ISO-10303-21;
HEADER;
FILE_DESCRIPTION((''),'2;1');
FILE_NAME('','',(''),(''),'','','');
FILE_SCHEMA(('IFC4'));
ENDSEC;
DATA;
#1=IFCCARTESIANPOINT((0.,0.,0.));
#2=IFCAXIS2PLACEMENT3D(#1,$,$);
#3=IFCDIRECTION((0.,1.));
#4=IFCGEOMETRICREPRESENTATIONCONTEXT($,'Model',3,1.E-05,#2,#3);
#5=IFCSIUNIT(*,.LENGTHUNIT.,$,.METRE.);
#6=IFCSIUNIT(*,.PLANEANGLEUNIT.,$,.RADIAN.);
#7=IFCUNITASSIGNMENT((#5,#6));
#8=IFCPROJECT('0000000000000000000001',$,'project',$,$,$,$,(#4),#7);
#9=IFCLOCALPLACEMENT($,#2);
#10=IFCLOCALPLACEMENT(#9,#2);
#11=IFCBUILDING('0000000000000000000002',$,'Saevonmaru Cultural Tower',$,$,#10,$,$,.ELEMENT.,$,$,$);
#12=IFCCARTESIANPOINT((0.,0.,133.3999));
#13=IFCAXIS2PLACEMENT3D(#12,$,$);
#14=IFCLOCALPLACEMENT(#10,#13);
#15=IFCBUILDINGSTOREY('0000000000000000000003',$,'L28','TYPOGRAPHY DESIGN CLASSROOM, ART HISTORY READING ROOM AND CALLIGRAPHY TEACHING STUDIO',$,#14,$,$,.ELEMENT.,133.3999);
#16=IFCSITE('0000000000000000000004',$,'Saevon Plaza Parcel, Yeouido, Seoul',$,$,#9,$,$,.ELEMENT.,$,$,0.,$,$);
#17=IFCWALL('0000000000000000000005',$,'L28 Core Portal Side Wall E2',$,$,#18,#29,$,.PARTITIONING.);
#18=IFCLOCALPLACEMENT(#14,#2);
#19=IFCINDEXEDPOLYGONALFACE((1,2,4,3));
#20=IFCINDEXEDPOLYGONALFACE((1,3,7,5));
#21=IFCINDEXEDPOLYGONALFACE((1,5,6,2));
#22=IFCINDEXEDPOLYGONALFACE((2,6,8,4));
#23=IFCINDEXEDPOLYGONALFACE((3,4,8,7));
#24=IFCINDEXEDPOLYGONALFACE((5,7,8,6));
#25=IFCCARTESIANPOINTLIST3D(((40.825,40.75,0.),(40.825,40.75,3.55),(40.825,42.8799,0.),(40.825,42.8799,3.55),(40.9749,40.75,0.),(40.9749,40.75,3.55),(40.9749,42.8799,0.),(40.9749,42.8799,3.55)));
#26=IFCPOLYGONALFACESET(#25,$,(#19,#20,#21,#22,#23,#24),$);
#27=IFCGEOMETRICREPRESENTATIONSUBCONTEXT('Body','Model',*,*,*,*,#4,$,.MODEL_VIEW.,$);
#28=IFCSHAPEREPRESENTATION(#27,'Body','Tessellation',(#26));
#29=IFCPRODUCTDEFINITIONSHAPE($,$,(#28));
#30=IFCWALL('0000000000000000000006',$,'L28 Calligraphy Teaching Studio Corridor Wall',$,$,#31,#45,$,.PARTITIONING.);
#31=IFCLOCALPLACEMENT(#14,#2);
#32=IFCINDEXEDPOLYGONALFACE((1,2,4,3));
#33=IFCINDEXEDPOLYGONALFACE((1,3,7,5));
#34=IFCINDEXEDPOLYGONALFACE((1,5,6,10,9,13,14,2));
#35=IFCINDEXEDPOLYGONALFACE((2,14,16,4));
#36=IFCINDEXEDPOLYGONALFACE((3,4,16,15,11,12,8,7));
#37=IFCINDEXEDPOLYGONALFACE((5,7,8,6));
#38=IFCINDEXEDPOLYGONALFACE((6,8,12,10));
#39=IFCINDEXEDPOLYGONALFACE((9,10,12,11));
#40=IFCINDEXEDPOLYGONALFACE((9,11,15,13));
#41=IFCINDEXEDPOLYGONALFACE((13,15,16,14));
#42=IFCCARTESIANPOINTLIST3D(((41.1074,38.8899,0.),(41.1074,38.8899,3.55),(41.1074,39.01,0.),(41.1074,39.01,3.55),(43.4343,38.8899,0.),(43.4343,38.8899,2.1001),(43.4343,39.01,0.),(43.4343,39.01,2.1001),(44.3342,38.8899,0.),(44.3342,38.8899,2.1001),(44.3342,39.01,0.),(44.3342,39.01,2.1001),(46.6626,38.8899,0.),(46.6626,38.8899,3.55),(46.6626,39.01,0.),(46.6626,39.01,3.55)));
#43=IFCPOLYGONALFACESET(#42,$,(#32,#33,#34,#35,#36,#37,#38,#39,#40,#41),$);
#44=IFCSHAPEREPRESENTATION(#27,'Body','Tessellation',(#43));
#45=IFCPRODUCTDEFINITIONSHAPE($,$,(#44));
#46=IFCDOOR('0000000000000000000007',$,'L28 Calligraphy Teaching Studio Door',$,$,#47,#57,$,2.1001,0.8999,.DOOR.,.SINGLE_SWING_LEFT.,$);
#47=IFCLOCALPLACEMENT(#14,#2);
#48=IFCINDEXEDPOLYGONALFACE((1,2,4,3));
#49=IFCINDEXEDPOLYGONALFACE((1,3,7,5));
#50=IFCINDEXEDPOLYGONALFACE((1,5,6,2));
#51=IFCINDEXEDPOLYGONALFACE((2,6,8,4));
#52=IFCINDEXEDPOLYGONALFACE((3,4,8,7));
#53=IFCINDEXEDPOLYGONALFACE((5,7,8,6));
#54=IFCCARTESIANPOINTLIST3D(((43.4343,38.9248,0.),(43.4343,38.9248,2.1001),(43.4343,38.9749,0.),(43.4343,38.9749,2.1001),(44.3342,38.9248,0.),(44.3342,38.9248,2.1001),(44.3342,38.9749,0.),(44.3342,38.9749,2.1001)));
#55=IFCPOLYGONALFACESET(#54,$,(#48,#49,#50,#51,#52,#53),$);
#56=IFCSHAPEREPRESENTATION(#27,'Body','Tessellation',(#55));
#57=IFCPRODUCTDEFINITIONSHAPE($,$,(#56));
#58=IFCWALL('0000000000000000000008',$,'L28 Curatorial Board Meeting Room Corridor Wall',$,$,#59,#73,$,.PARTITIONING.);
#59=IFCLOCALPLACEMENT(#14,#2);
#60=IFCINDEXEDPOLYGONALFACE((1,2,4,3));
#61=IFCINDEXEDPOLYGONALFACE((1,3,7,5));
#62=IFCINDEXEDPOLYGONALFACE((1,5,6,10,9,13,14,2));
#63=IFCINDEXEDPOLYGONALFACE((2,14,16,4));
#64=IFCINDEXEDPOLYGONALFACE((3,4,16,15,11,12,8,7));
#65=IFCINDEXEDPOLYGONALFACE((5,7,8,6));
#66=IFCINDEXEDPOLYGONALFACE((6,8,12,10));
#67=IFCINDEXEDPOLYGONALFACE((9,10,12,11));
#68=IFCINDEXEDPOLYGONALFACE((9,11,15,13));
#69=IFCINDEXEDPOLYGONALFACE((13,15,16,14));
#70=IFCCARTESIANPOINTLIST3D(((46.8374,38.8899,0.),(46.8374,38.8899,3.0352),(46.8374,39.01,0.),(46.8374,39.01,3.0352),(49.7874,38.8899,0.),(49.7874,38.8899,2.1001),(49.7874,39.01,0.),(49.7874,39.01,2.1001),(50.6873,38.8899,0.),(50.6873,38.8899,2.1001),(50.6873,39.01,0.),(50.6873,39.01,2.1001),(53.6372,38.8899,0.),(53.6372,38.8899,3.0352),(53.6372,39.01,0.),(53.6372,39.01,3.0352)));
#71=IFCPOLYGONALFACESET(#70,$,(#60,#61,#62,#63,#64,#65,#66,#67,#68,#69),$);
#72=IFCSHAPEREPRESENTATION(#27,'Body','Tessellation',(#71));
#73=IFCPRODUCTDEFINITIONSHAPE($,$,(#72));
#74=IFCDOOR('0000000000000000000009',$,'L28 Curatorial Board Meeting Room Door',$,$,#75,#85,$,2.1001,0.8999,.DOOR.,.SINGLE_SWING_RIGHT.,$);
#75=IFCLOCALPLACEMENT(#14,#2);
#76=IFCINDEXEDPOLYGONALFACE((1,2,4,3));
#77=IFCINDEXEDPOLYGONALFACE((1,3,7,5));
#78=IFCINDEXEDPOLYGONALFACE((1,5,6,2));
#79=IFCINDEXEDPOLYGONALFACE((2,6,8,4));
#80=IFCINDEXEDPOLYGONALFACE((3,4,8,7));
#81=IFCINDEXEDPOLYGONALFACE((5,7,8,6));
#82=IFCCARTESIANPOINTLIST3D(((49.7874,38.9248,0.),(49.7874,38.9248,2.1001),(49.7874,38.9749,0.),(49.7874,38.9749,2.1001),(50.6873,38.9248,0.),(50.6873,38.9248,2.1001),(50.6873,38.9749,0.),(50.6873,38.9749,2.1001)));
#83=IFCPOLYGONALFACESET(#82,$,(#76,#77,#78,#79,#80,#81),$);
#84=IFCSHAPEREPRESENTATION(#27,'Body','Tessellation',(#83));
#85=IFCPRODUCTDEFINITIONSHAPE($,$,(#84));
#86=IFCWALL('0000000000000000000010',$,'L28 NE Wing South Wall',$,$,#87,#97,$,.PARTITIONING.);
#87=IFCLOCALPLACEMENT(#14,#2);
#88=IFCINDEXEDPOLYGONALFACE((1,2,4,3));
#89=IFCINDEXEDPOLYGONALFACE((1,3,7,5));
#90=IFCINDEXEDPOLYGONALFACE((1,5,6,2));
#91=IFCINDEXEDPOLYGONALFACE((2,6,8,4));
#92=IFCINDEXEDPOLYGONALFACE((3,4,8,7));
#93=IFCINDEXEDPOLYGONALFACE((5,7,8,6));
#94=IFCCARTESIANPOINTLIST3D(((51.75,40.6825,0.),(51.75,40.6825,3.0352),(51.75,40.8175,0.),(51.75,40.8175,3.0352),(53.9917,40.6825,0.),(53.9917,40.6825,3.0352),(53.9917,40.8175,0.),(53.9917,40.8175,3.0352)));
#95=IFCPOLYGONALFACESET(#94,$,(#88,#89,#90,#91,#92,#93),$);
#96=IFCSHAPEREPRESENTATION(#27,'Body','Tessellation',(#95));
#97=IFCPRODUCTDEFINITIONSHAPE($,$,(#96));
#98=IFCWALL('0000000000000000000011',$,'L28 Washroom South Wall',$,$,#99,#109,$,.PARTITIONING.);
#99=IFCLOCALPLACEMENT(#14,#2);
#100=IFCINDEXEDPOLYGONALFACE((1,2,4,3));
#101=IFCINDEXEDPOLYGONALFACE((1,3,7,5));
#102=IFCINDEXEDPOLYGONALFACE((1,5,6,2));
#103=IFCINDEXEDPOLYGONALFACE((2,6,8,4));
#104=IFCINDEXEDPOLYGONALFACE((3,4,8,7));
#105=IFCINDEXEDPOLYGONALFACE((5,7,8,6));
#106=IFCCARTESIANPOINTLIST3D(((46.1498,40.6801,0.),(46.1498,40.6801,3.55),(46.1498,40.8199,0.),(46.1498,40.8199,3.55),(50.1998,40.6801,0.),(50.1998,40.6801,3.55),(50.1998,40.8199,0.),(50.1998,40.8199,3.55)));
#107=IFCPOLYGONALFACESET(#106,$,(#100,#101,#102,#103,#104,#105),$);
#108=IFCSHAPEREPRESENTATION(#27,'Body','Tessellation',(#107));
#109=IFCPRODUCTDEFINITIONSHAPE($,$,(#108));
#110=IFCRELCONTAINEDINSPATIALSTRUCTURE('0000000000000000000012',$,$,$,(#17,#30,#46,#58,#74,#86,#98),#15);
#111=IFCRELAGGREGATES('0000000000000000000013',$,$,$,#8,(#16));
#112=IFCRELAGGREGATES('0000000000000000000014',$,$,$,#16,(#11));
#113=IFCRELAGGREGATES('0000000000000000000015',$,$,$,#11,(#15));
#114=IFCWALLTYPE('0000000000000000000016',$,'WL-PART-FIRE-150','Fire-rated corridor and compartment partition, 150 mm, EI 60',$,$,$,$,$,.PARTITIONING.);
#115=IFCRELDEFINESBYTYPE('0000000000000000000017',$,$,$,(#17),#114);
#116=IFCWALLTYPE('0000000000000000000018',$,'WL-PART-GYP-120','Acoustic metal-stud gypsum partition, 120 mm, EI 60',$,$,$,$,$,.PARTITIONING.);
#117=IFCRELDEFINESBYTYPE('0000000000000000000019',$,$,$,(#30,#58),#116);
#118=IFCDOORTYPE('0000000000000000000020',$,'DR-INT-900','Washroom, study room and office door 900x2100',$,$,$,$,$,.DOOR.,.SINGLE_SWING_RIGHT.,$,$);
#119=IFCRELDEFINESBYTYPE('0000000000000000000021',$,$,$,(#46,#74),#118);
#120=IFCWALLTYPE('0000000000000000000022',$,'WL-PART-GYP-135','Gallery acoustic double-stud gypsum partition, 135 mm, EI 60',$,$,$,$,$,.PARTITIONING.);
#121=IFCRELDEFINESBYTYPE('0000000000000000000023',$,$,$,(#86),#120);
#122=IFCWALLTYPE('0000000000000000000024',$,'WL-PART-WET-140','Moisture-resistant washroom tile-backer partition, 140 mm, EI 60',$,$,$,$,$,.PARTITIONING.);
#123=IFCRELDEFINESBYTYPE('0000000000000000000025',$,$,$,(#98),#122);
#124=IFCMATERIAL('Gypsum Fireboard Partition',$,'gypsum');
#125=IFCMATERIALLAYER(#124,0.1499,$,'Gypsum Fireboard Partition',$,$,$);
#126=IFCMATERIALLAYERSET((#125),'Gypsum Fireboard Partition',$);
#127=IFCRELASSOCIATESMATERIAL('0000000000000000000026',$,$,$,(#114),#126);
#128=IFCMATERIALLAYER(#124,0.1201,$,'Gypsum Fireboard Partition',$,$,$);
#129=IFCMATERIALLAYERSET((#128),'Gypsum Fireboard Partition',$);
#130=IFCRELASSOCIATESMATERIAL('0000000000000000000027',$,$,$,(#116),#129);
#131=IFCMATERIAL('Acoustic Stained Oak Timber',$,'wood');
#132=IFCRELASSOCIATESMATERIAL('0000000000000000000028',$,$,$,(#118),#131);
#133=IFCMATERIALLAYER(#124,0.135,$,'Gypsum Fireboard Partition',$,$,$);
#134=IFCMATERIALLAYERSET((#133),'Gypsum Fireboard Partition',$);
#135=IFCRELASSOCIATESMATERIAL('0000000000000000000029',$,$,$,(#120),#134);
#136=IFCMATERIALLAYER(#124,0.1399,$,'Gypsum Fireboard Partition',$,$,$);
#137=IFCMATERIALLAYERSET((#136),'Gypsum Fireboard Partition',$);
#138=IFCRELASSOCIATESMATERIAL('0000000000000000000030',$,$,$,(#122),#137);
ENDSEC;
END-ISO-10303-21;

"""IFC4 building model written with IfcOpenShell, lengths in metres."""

from ifc_helpers import new_model, si_unit, direction, frame, frame_2d, origin, place, context, subcontext, project, spatial, rectangle, extrude, material, layer, layer_set, type_object, element, fill, save


model = new_model("IFC4")

# Units and contexts
model_context = context("Model", 3, precision=1e-05, world=origin(), true_north=direction((0.0, 1.0)))
body_context = subcontext(model_context, "Body", "Model", "MODEL_VIEW")
ifc_project = project(units=[si_unit("LENGTHUNIT", "METRE"), si_unit("PLANEANGLEUNIT", "RADIAN")], contexts=[model_context])

# Site, building, storey
site_placement = place(None, origin())
site = spatial("IfcSite", under=ifc_project, at=site_placement, Name="Saevon Plaza Parcel, Yeouido, Seoul", CompositionType="ELEMENT", RefElevation=0.0)
building_placement = place(site_placement, origin())
building = spatial("IfcBuilding", under=site, at=building_placement, Name="Saevonmaru Cultural Tower", CompositionType="ELEMENT")
storey_placement = place(building_placement, frame((0.0, 0.0, 133.3999)))
storey = spatial("IfcBuildingStorey", under=building, at=storey_placement, Name="L28", Description="TYPOGRAPHY DESIGN CLASSROOM, ART HISTORY READING ROOM AND CALLIGRAPHY TEACHING STUDIO", CompositionType="ELEMENT", Elevation=133.3999)

# Wall
ifc_material_1 = material(Name="Gypsum Fireboard Partition", Category="gypsum")
ifc_layer_1 = layer(ifc_material_1, 0.1499, Name="Gypsum Fireboard Partition")
ifc_layer_set_1 = layer_set([ifc_layer_1], Name="Gypsum Fireboard Partition")
wall_type_1 = type_object("IfcWallType", Name="WL-PART-FIRE-150", Description="Fire-rated corridor and compartment partition, 150 mm, EI 60", PredefinedType="PARTITIONING", material=ifc_layer_set_1)
wall_1_placement = place(storey_placement, frame((40.8999, 40.75, 0.0), z_axis=(0.0, 0.0, 1.0), x_axis=(0.0, 1.0, 0.0)))
element("IfcWall", 1, at=wall_1_placement, inside=storey, type_object=wall_type_1, Name="L28 Core Portal Side Wall E2", PredefinedType="PARTITIONING", context=body_context, shape_type="SweptSolid", body=[
    extrude(rectangle(XDim=2.1299, YDim=0.1499, at=frame_2d((1.0649, 0.0))), origin(), (0.0, 0.0, 1.0), 3.55),
])

# Walls, openings, doors
ifc_layer_2 = layer(ifc_material_1, 0.1201, Name="Gypsum Fireboard Partition")
ifc_layer_set_2 = layer_set([ifc_layer_2], Name="Gypsum Fireboard Partition")
wall_type_2 = type_object("IfcWallType", Name="WL-PART-GYP-120", Description="Acoustic metal-stud gypsum partition, 120 mm, EI 60", PredefinedType="PARTITIONING", material=ifc_layer_set_2)
wall_2_placement = place(storey_placement, frame((41.1074, 38.95, 0.0), z_axis=(0.0, 0.0, 1.0), x_axis=(1.0, 0.0, 0.0)))
wall_2 = element("IfcWall", 2, at=wall_2_placement, inside=storey, type_object=wall_type_2, Name="L28 Calligraphy Teaching Studio Corridor Wall", PredefinedType="PARTITIONING", context=body_context, shape_type="SweptSolid", body=[
    extrude(rectangle(XDim=5.5552, YDim=0.1201, at=frame_2d((2.7776, 0.0))), origin(), (0.0, 0.0, 1.0), 3.55),
])
opening_1_placement = place(wall_2_placement, frame((2.3269, 0.0, 0.0)))
opening_1 = element("IfcOpeningElement", 3, at=opening_1_placement, cuts=wall_2, PredefinedType="OPENING", context=body_context, shape_type="SweptSolid", body=[
    extrude(rectangle(XDim=0.8999, YDim=2.1001, at=frame_2d((0.45, 1.05))), frame((0.0, 0.0701, 0.0), z_axis=(0.0, -1.0, 0.0), x_axis=(1.0, 0.0, 0.0)), (0.0, 0.0, 1.0), 0.1401),
])
ifc_material_2 = material(Name="Acoustic Stained Oak Timber", Category="wood")
door_type = type_object("IfcDoorType", Name="DR-INT-900", Description="Washroom, study room and office door 900x2100", OperationType="SINGLE_SWING_RIGHT", PredefinedType="DOOR", material=ifc_material_2)
door_1_placement = place(opening_1_placement, origin())
door_1 = element("IfcDoor", 4, at=door_1_placement, inside=storey, type_object=door_type, Name="L28 Calligraphy Teaching Studio Door", OperationType="SINGLE_SWING_LEFT", OverallHeight=2.1001, OverallWidth=0.8999, PredefinedType="DOOR", context=body_context, shape_type="SweptSolid", body=[
    extrude(rectangle(XDim=0.8999, YDim=2.1001, at=frame_2d((0.45, 1.05))), frame((0.0, 0.0249, 0.0), z_axis=(0.0, -1.0, 0.0), x_axis=(1.0, 0.0, 0.0)), (0.0, 0.0, 1.0), 0.05),
])
fill(opening_1, door_1)
wall_3_placement = place(storey_placement, frame((46.8374, 38.95, 0.0), z_axis=(0.0, 0.0, 1.0), x_axis=(1.0, 0.0, 0.0)))
wall_3 = element("IfcWall", 5, at=wall_3_placement, inside=storey, type_object=wall_type_2, Name="L28 Curatorial Board Meeting Room Corridor Wall", PredefinedType="PARTITIONING", context=body_context, shape_type="SweptSolid", body=[
    extrude(rectangle(XDim=6.7998, YDim=0.1201, at=frame_2d((3.3999, 0.0))), origin(), (0.0, 0.0, 1.0), 3.0352),
])
opening_2_placement = place(wall_3_placement, frame((2.95, 0.0, 0.0)))
opening_2 = element("IfcOpeningElement", 6, at=opening_2_placement, cuts=wall_3, PredefinedType="OPENING", context=body_context, shape_type="SweptSolid", body=[
    extrude(rectangle(XDim=0.8999, YDim=2.1001, at=frame_2d((0.45, 1.05))), frame((0.0, 0.0701, 0.0), z_axis=(0.0, -1.0, 0.0), x_axis=(1.0, 0.0, 0.0)), (0.0, 0.0, 1.0), 0.1401),
])
door_2_placement = place(opening_2_placement, origin())
door_2 = element("IfcDoor", 7, at=door_2_placement, inside=storey, type_object=door_type, Name="L28 Curatorial Board Meeting Room Door", OperationType="SINGLE_SWING_RIGHT", OverallHeight=2.1001, OverallWidth=0.8999, PredefinedType="DOOR", context=body_context, shape_type="SweptSolid", body=[
    extrude(rectangle(XDim=0.8999, YDim=2.1001, at=frame_2d((0.45, 1.05))), frame((0.0, 0.0249, 0.0), z_axis=(0.0, -1.0, 0.0), x_axis=(1.0, 0.0, 0.0)), (0.0, 0.0, 1.0), 0.05),
])
fill(opening_2, door_2)

# Walls
ifc_layer_3 = layer(ifc_material_1, 0.135, Name="Gypsum Fireboard Partition")
ifc_layer_set_3 = layer_set([ifc_layer_3], Name="Gypsum Fireboard Partition")
wall_type_3 = type_object("IfcWallType", Name="WL-PART-GYP-135", Description="Gallery acoustic double-stud gypsum partition, 135 mm, EI 60", PredefinedType="PARTITIONING", material=ifc_layer_set_3)
wall_4_placement = place(storey_placement, frame((51.75, 40.75, 0.0), z_axis=(0.0, 0.0, 1.0), x_axis=(1.0, 0.0, 0.0)))
element("IfcWall", 8, at=wall_4_placement, inside=storey, type_object=wall_type_3, Name="L28 NE Wing South Wall", PredefinedType="PARTITIONING", context=body_context, shape_type="SweptSolid", body=[
    extrude(rectangle(XDim=2.2417, YDim=0.135, at=frame_2d((1.1208, 0.0))), origin(), (0.0, 0.0, 1.0), 3.0352),
])
ifc_layer_4 = layer(ifc_material_1, 0.1399, Name="Gypsum Fireboard Partition")
ifc_layer_set_4 = layer_set([ifc_layer_4], Name="Gypsum Fireboard Partition")
wall_type_4 = type_object("IfcWallType", Name="WL-PART-WET-140", Description="Moisture-resistant washroom tile-backer partition, 140 mm, EI 60", PredefinedType="PARTITIONING", material=ifc_layer_set_4)
wall_5_placement = place(storey_placement, frame((46.1499, 40.75, 0.0), z_axis=(0.0, 0.0, 1.0), x_axis=(1.0, 0.0, 0.0)))
element("IfcWall", 9, at=wall_5_placement, inside=storey, type_object=wall_type_4, Name="L28 Washroom South Wall", PredefinedType="PARTITIONING", context=body_context, shape_type="SweptSolid", body=[
    extrude(rectangle(XDim=4.05, YDim=0.1399, at=frame_2d((2.0249, 0.0))), origin(), (0.0, 0.0, 1.0), 3.55),
])

save(model, "model.ifc")
